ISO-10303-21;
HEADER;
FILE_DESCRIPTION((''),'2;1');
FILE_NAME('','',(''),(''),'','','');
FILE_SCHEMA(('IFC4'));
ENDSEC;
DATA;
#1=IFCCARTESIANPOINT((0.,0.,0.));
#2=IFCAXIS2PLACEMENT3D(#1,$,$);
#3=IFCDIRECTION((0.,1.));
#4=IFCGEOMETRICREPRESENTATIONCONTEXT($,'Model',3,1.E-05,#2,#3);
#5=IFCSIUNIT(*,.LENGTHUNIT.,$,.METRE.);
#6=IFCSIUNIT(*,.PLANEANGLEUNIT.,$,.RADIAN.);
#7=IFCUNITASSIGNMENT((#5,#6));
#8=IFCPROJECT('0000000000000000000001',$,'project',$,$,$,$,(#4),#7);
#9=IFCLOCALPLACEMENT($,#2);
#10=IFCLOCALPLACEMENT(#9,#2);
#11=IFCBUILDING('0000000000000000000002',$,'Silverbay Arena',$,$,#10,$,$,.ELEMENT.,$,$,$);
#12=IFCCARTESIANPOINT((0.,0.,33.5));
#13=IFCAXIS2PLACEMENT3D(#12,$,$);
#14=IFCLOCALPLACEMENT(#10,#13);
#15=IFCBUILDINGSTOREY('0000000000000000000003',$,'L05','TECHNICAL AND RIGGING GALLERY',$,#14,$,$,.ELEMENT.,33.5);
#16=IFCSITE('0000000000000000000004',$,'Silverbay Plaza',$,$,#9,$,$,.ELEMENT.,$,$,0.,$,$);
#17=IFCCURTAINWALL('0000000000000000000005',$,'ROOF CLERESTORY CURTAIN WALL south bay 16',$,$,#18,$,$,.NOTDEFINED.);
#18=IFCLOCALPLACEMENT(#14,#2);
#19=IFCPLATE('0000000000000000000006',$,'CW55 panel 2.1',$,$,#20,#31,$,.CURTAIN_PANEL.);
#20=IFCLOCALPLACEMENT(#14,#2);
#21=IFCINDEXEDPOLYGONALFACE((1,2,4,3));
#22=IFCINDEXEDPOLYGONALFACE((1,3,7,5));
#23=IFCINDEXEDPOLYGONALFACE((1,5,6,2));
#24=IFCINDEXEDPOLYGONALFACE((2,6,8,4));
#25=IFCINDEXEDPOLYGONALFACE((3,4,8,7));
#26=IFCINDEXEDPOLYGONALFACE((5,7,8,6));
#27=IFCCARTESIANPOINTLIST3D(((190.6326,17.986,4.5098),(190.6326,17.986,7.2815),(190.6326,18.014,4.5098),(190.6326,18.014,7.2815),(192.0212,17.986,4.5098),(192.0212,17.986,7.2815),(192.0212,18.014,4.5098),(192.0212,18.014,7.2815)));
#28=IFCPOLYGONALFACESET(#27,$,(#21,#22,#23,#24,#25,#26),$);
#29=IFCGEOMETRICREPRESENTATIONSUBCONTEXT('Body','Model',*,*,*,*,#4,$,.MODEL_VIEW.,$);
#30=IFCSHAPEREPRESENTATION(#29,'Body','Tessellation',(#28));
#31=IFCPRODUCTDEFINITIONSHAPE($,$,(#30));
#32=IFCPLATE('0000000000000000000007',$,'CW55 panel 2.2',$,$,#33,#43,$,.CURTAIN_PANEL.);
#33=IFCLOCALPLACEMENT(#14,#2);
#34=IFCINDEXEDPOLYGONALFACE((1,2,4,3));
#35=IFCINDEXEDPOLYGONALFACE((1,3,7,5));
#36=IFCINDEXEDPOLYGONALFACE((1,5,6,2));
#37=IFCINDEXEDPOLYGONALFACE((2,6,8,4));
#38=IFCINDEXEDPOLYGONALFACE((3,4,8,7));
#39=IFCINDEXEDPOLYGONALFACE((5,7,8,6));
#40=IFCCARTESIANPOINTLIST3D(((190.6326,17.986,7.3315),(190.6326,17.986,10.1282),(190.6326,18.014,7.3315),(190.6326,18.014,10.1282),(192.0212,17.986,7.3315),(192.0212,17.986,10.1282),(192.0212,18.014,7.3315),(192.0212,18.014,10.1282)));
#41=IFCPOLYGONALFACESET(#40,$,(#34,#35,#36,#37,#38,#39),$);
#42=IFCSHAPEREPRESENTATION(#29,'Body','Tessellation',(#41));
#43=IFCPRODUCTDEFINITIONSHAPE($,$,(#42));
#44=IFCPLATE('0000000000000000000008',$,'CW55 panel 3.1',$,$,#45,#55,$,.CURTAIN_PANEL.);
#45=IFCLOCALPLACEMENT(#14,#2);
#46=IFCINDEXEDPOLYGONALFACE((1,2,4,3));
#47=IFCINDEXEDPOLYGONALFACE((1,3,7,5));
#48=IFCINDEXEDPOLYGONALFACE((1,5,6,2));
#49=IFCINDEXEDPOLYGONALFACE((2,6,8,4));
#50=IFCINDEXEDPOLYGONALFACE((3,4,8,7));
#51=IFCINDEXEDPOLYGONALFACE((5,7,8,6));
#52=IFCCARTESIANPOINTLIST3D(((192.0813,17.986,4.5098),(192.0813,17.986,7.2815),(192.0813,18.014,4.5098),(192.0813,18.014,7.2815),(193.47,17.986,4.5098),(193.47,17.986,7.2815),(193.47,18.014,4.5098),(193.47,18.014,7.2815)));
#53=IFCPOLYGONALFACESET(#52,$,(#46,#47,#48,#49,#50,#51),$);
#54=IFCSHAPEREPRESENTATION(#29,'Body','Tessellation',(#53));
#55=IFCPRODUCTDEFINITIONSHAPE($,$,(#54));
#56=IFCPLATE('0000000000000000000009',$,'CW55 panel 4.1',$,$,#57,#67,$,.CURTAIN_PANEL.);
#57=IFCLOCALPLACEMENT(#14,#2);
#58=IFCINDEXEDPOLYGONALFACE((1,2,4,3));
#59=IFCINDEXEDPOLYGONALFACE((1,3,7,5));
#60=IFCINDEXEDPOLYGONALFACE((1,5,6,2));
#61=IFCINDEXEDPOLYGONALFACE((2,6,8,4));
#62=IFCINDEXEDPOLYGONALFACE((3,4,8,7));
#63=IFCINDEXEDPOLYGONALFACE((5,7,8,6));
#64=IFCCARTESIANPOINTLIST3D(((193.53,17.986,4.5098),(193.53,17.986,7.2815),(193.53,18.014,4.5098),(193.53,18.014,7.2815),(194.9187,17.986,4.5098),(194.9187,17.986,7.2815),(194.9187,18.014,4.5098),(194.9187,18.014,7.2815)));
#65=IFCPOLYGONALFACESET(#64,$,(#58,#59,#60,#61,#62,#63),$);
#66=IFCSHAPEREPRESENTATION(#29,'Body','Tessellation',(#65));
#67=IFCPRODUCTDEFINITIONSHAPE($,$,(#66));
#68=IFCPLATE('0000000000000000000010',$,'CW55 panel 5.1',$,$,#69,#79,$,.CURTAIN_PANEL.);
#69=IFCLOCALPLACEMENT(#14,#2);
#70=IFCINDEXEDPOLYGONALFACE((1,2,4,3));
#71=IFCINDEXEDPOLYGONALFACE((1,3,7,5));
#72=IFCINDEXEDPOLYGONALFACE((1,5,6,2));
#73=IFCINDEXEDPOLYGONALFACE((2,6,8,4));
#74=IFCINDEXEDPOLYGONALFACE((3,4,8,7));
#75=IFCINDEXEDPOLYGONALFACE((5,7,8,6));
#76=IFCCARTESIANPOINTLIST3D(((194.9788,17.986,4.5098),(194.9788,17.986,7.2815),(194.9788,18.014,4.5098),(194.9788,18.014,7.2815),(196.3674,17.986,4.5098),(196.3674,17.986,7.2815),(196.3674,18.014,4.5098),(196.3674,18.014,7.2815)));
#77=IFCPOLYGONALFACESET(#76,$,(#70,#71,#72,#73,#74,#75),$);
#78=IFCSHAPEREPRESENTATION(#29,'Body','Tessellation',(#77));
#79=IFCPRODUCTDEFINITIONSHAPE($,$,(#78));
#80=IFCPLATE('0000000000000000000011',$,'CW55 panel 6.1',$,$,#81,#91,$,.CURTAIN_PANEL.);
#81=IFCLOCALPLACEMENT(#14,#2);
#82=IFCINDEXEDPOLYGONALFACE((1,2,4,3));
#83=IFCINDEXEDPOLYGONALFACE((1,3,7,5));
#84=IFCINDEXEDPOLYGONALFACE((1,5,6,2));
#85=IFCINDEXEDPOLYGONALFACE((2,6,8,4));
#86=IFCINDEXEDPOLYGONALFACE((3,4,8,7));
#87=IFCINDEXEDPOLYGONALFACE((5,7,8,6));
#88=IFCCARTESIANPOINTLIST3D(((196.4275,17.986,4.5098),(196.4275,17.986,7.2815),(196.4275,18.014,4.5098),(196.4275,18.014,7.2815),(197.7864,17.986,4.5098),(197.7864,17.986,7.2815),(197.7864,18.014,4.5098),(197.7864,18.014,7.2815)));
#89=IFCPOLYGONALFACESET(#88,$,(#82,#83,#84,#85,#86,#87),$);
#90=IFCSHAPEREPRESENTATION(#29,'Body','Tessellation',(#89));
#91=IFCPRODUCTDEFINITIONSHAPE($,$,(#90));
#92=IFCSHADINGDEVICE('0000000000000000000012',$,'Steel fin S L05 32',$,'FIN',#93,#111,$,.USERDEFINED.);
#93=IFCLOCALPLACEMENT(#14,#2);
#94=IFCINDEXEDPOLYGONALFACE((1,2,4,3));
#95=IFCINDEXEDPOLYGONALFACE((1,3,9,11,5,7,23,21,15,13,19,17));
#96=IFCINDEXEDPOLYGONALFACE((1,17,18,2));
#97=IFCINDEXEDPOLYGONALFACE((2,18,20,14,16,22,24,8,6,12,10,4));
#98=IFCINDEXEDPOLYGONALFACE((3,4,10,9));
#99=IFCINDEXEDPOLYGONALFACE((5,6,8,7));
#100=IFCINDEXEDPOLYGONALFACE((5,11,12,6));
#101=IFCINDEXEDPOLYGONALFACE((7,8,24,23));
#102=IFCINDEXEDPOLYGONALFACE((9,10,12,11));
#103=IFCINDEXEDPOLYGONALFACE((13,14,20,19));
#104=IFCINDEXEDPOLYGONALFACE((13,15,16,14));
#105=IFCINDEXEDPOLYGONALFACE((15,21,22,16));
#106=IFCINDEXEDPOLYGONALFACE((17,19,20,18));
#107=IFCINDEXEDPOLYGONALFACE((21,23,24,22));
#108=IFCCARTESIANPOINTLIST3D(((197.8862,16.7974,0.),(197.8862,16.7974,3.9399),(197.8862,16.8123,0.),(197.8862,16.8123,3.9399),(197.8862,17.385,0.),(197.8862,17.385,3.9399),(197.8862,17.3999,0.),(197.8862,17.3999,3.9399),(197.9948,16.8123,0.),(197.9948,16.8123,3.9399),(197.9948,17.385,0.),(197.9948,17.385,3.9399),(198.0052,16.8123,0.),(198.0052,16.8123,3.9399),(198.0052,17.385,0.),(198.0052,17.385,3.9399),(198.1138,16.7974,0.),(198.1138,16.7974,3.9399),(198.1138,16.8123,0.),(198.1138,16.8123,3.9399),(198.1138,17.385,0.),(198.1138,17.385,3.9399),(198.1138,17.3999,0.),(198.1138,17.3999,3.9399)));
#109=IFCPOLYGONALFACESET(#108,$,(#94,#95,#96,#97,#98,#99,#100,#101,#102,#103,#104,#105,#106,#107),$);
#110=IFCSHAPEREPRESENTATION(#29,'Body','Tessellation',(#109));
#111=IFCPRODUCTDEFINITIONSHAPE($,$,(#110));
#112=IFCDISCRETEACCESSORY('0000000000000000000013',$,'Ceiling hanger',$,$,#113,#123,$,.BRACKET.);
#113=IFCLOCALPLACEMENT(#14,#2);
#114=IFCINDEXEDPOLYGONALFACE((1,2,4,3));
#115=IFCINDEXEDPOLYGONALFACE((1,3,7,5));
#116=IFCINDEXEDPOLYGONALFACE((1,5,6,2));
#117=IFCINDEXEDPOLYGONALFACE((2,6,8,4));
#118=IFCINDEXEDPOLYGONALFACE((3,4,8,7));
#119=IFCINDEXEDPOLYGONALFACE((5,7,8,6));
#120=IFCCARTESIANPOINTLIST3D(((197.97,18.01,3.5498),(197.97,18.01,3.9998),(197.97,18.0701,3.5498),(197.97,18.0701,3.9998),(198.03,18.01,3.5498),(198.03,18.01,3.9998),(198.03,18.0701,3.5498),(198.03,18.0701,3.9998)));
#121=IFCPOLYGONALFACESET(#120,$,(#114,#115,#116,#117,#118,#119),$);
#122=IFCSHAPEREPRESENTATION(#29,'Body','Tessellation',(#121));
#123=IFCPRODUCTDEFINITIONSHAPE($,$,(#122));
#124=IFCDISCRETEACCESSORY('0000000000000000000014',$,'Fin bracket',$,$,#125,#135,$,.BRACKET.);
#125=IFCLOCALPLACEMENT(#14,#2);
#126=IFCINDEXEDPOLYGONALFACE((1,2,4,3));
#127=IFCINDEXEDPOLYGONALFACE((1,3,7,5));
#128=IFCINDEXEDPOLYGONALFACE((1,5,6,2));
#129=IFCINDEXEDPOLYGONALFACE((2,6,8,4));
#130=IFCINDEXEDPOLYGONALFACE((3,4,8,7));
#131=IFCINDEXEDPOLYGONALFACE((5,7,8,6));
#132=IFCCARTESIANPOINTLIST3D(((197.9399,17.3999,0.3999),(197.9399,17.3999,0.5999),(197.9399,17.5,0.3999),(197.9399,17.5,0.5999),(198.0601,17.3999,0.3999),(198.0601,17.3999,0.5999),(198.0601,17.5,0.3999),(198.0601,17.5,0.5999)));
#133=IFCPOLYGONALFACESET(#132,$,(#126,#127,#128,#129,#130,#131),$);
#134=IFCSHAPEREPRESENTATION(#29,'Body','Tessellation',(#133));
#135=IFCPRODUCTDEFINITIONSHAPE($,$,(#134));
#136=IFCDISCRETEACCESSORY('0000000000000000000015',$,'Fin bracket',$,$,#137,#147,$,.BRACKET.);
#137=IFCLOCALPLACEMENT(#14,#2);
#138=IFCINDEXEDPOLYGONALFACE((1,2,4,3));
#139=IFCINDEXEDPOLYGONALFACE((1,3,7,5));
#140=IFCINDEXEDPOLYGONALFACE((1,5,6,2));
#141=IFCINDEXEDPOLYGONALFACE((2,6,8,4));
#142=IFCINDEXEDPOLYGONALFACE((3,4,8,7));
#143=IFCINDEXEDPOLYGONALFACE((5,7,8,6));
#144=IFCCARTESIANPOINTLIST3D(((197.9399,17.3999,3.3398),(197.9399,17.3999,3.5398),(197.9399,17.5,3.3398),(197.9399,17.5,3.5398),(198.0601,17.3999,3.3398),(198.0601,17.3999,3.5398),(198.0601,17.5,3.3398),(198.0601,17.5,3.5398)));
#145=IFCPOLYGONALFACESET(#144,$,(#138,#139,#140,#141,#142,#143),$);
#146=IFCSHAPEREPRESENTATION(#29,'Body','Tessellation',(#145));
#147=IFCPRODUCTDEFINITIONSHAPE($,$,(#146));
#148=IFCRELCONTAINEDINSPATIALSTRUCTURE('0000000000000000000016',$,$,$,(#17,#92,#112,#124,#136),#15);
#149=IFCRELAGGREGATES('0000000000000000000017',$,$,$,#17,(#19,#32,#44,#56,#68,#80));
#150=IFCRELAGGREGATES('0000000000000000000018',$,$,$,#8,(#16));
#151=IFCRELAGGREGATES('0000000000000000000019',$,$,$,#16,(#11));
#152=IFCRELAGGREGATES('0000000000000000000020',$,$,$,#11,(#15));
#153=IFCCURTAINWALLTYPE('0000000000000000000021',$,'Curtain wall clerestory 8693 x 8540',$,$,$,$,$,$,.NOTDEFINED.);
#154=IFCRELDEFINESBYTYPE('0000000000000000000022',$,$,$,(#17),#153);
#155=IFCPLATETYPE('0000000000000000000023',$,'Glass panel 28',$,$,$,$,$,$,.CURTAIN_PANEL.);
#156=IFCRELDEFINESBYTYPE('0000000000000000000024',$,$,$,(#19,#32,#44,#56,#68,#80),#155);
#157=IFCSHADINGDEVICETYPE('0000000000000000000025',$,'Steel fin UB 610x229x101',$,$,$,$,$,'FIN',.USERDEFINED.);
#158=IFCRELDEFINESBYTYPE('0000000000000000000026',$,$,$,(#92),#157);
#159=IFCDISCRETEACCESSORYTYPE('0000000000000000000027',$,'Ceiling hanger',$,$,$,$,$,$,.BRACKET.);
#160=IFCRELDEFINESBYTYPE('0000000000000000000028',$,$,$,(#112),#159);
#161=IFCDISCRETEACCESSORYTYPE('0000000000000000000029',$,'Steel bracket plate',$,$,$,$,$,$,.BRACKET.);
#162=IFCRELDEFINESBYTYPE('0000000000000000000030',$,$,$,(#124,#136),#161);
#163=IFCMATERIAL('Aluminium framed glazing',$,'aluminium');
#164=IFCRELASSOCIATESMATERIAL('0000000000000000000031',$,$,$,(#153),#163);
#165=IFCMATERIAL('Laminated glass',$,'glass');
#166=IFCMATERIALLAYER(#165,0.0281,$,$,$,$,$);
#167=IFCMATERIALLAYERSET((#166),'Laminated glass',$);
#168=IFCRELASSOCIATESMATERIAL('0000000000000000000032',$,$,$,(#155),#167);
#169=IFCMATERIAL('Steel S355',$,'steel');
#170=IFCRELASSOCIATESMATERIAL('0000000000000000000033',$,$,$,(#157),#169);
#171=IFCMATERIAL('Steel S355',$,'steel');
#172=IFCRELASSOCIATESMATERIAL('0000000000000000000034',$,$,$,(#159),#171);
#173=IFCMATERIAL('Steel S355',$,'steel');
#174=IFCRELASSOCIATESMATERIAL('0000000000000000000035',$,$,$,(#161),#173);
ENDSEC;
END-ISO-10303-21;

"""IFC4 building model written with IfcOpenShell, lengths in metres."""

from ifc_helpers import new_model, si_unit, direction, frame, origin, origin_2d, place, context, subcontext, project, spatial, rectangle, i_section, extrude, material, layer, layer_set, material_profile, profile_set, type_object, element, aggregate, save


model = new_model("IFC4")

# Units and contexts
model_context = context("Model", 3, precision=1e-05, world=origin(), true_north=direction((0.0, 1.0)))
body_context = subcontext(model_context, "Body", "Model", "MODEL_VIEW")
ifc_project = project(units=[si_unit("LENGTHUNIT", "METRE"), si_unit("PLANEANGLEUNIT", "RADIAN")], contexts=[model_context])

# Site, building, storey
site_placement = place(None, origin())
site = spatial("IfcSite", under=ifc_project, at=site_placement, Name="Silverbay Plaza", CompositionType="ELEMENT", RefElevation=0.0)
building_placement = place(site_placement, origin())
building = spatial("IfcBuilding", under=site, at=building_placement, Name="Silverbay Arena", CompositionType="ELEMENT")
storey_placement = place(building_placement, frame((0.0, 0.0, 33.5)))
storey = spatial("IfcBuildingStorey", under=building, at=storey_placement, Name="L05", Description="TECHNICAL AND RIGGING GALLERY", CompositionType="ELEMENT", Elevation=33.5)

# Curtain wall
ifc_material_1 = material(Name="Aluminium framed glazing", Category="aluminium")
curtain_wall_type = type_object("IfcCurtainWallType", Name="Curtain wall clerestory 8693 x 8540", PredefinedType="NOTDEFINED", material=ifc_material_1)
curtain_wall_placement = place(storey_placement, origin())
curtain_wall = element("IfcCurtainWall", 1, at=curtain_wall_placement, inside=storey, type_object=curtain_wall_type, Name="ROOF CLERESTORY CURTAIN WALL south bay 16", PredefinedType="NOTDEFINED")

# Plates
ifc_material_2 = material(Name="Laminated glass", Category="glass")
ifc_layer = layer(ifc_material_2, 0.0281)
ifc_layer_set = layer_set([ifc_layer], Name="Laminated glass")
plate_type = type_object("IfcPlateType", Name="Glass panel 28", PredefinedType="CURTAIN_PANEL", material=ifc_layer_set)
plate_1_placement = place(storey_placement, frame((191.3269, 18.0, 4.5098), z_axis=(0.0, 0.0, 1.0), x_axis=(1.0, 0.0, 0.0)))
plate_1 = element("IfcPlate", 2, at=plate_1_placement, type_object=plate_type, Name="CW55 panel 2.1", PredefinedType="CURTAIN_PANEL", context=body_context, shape_type="SweptSolid", body=[
    extrude(rectangle(XDim=1.3887, YDim=0.0281, at=origin_2d()), origin(), (0.0, 0.0, 1.0), 2.7717),
])
plate_2_placement = place(storey_placement, frame((191.3269, 18.0, 7.3315), z_axis=(0.0, 0.0, 1.0), x_axis=(1.0, 0.0, 0.0)))
plate_2 = element("IfcPlate", 3, at=plate_2_placement, type_object=plate_type, Name="CW55 panel 2.2", PredefinedType="CURTAIN_PANEL", context=body_context, shape_type="SweptSolid", body=[
    extrude(rectangle(XDim=1.3887, YDim=0.0281, at=origin_2d()), origin(), (0.0, 0.0, 1.0), 2.7966),
])
plate_3_placement = place(storey_placement, frame((192.7756, 18.0, 4.5098), z_axis=(0.0, 0.0, 1.0), x_axis=(1.0, 0.0, 0.0)))
plate_3 = element("IfcPlate", 4, at=plate_3_placement, type_object=plate_type, Name="CW55 panel 3.1", PredefinedType="CURTAIN_PANEL", context=body_context, shape_type="SweptSolid", body=[
    extrude(rectangle(XDim=1.3887, YDim=0.0281, at=origin_2d()), origin(), (0.0, 0.0, 1.0), 2.7717),
])
plate_4_placement = place(storey_placement, frame((194.2244, 18.0, 4.5098), z_axis=(0.0, 0.0, 1.0), x_axis=(1.0, 0.0, 0.0)))
plate_4 = element("IfcPlate", 5, at=plate_4_placement, type_object=plate_type, Name="CW55 panel 4.1", PredefinedType="CURTAIN_PANEL", context=body_context, shape_type="SweptSolid", body=[
    extrude(rectangle(XDim=1.3887, YDim=0.0281, at=origin_2d()), origin(), (0.0, 0.0, 1.0), 2.7717),
])
plate_5_placement = place(storey_placement, frame((195.6731, 18.0, 4.5098), z_axis=(0.0, 0.0, 1.0), x_axis=(1.0, 0.0, 0.0)))
plate_5 = element("IfcPlate", 6, at=plate_5_placement, type_object=plate_type, Name="CW55 panel 5.1", PredefinedType="CURTAIN_PANEL", context=body_context, shape_type="SweptSolid", body=[
    extrude(rectangle(XDim=1.3887, YDim=0.0281, at=origin_2d()), origin(), (0.0, 0.0, 1.0), 2.7717),
])
plate_6_placement = place(storey_placement, frame((197.1069, 18.0, 4.5098), z_axis=(0.0, 0.0, 1.0), x_axis=(1.0, 0.0, 0.0)))
plate_6 = element("IfcPlate", 7, at=plate_6_placement, type_object=plate_type, Name="CW55 panel 6.1", PredefinedType="CURTAIN_PANEL", context=body_context, shape_type="SweptSolid", body=[
    extrude(rectangle(XDim=1.3589, YDim=0.0281, at=origin_2d()), origin(), (0.0, 0.0, 1.0), 2.7717),
])
aggregate(curtain_wall, [plate_1, plate_2, plate_3, plate_4, plate_5, plate_6])

# Shading device
ifc_material_3 = material(Name="Steel S355", Category="steel")
ifc_material_profile_1 = material_profile(ifc_material_3, i_section(OverallWidth=0.2275, OverallDepth=0.6025, WebThickness=0.0105, FlangeThickness=0.0149, at=origin_2d()), Name="UB 610x229x101")
ifc_profile_set_1 = profile_set([ifc_material_profile_1], Name="Steel S355")
shading_device_type = type_object("IfcShadingDeviceType", Name="Steel fin UB 610x229x101", ElementType="FIN", PredefinedType="USERDEFINED", material=ifc_profile_set_1)
shading_device_placement = place(storey_placement, frame((198.0, 17.0986, 0.0), z_axis=(0.0, 0.0, 1.0), x_axis=(1.0, 0.0, 0.0)))
element("IfcShadingDevice", 8, at=shading_device_placement, inside=storey, type_object=shading_device_type, Name="Steel fin S L05 32", ObjectType="FIN", PredefinedType="USERDEFINED", context=body_context, shape_type="SweptSolid", body=[
    extrude(i_section(OverallWidth=0.2275, OverallDepth=0.6025, WebThickness=0.0105, FlangeThickness=0.0149, at=origin_2d()), origin(), (0.0, 0.0, 1.0), 3.9399),
])

# Discrete accessories
ifc_material_4 = material(Name="Steel S355", Category="steel")
discrete_accessory_type_1 = type_object("IfcDiscreteAccessoryType", Name="Ceiling hanger", PredefinedType="BRACKET", material=ifc_material_4)
discrete_accessory_placement = place(storey_placement, frame((198.0, 18.04, 3.5498), z_axis=(0.0, 0.0, 1.0), x_axis=(1.0, 0.0, 0.0)))
element("IfcDiscreteAccessory", 9, at=discrete_accessory_placement, inside=storey, type_object=discrete_accessory_type_1, Name="Ceiling hanger", PredefinedType="BRACKET", context=body_context, shape_type="SweptSolid", body=[
    extrude(rectangle(XDim=0.0601, YDim=0.0601, at=origin_2d()), origin(), (0.0, 0.0, 1.0), 0.45),
])
ifc_material_5 = material(Name="Steel S355", Category="steel")
discrete_accessory_type_2 = type_object("IfcDiscreteAccessoryType", Name="Steel bracket plate", PredefinedType="BRACKET", material=ifc_material_5)
for number, where, z_axis, x_axis, name in (
    (10, (198.0, 17.45, 0.3999), (0.0, 0.0, 1.0), (1.0, 0.0, 0.0), "Fin bracket"),
    (11, (198.0, 17.45, 3.3398), (0.0, 0.0, 1.0), (1.0, 0.0, 0.0), "Fin bracket"),
):
    element("IfcDiscreteAccessory", number, at=place(storey_placement, frame(where, z_axis=z_axis, x_axis=x_axis)), inside=storey, type_object=discrete_accessory_type_2, Name=name, PredefinedType="BRACKET", context=body_context, shape_type="SweptSolid", body=[
        extrude(rectangle(XDim=0.1201, YDim=0.1001, at=origin_2d()), origin(), (0.0, 0.0, 1.0), 0.2),
    ])

save(model, "model.ifc")
